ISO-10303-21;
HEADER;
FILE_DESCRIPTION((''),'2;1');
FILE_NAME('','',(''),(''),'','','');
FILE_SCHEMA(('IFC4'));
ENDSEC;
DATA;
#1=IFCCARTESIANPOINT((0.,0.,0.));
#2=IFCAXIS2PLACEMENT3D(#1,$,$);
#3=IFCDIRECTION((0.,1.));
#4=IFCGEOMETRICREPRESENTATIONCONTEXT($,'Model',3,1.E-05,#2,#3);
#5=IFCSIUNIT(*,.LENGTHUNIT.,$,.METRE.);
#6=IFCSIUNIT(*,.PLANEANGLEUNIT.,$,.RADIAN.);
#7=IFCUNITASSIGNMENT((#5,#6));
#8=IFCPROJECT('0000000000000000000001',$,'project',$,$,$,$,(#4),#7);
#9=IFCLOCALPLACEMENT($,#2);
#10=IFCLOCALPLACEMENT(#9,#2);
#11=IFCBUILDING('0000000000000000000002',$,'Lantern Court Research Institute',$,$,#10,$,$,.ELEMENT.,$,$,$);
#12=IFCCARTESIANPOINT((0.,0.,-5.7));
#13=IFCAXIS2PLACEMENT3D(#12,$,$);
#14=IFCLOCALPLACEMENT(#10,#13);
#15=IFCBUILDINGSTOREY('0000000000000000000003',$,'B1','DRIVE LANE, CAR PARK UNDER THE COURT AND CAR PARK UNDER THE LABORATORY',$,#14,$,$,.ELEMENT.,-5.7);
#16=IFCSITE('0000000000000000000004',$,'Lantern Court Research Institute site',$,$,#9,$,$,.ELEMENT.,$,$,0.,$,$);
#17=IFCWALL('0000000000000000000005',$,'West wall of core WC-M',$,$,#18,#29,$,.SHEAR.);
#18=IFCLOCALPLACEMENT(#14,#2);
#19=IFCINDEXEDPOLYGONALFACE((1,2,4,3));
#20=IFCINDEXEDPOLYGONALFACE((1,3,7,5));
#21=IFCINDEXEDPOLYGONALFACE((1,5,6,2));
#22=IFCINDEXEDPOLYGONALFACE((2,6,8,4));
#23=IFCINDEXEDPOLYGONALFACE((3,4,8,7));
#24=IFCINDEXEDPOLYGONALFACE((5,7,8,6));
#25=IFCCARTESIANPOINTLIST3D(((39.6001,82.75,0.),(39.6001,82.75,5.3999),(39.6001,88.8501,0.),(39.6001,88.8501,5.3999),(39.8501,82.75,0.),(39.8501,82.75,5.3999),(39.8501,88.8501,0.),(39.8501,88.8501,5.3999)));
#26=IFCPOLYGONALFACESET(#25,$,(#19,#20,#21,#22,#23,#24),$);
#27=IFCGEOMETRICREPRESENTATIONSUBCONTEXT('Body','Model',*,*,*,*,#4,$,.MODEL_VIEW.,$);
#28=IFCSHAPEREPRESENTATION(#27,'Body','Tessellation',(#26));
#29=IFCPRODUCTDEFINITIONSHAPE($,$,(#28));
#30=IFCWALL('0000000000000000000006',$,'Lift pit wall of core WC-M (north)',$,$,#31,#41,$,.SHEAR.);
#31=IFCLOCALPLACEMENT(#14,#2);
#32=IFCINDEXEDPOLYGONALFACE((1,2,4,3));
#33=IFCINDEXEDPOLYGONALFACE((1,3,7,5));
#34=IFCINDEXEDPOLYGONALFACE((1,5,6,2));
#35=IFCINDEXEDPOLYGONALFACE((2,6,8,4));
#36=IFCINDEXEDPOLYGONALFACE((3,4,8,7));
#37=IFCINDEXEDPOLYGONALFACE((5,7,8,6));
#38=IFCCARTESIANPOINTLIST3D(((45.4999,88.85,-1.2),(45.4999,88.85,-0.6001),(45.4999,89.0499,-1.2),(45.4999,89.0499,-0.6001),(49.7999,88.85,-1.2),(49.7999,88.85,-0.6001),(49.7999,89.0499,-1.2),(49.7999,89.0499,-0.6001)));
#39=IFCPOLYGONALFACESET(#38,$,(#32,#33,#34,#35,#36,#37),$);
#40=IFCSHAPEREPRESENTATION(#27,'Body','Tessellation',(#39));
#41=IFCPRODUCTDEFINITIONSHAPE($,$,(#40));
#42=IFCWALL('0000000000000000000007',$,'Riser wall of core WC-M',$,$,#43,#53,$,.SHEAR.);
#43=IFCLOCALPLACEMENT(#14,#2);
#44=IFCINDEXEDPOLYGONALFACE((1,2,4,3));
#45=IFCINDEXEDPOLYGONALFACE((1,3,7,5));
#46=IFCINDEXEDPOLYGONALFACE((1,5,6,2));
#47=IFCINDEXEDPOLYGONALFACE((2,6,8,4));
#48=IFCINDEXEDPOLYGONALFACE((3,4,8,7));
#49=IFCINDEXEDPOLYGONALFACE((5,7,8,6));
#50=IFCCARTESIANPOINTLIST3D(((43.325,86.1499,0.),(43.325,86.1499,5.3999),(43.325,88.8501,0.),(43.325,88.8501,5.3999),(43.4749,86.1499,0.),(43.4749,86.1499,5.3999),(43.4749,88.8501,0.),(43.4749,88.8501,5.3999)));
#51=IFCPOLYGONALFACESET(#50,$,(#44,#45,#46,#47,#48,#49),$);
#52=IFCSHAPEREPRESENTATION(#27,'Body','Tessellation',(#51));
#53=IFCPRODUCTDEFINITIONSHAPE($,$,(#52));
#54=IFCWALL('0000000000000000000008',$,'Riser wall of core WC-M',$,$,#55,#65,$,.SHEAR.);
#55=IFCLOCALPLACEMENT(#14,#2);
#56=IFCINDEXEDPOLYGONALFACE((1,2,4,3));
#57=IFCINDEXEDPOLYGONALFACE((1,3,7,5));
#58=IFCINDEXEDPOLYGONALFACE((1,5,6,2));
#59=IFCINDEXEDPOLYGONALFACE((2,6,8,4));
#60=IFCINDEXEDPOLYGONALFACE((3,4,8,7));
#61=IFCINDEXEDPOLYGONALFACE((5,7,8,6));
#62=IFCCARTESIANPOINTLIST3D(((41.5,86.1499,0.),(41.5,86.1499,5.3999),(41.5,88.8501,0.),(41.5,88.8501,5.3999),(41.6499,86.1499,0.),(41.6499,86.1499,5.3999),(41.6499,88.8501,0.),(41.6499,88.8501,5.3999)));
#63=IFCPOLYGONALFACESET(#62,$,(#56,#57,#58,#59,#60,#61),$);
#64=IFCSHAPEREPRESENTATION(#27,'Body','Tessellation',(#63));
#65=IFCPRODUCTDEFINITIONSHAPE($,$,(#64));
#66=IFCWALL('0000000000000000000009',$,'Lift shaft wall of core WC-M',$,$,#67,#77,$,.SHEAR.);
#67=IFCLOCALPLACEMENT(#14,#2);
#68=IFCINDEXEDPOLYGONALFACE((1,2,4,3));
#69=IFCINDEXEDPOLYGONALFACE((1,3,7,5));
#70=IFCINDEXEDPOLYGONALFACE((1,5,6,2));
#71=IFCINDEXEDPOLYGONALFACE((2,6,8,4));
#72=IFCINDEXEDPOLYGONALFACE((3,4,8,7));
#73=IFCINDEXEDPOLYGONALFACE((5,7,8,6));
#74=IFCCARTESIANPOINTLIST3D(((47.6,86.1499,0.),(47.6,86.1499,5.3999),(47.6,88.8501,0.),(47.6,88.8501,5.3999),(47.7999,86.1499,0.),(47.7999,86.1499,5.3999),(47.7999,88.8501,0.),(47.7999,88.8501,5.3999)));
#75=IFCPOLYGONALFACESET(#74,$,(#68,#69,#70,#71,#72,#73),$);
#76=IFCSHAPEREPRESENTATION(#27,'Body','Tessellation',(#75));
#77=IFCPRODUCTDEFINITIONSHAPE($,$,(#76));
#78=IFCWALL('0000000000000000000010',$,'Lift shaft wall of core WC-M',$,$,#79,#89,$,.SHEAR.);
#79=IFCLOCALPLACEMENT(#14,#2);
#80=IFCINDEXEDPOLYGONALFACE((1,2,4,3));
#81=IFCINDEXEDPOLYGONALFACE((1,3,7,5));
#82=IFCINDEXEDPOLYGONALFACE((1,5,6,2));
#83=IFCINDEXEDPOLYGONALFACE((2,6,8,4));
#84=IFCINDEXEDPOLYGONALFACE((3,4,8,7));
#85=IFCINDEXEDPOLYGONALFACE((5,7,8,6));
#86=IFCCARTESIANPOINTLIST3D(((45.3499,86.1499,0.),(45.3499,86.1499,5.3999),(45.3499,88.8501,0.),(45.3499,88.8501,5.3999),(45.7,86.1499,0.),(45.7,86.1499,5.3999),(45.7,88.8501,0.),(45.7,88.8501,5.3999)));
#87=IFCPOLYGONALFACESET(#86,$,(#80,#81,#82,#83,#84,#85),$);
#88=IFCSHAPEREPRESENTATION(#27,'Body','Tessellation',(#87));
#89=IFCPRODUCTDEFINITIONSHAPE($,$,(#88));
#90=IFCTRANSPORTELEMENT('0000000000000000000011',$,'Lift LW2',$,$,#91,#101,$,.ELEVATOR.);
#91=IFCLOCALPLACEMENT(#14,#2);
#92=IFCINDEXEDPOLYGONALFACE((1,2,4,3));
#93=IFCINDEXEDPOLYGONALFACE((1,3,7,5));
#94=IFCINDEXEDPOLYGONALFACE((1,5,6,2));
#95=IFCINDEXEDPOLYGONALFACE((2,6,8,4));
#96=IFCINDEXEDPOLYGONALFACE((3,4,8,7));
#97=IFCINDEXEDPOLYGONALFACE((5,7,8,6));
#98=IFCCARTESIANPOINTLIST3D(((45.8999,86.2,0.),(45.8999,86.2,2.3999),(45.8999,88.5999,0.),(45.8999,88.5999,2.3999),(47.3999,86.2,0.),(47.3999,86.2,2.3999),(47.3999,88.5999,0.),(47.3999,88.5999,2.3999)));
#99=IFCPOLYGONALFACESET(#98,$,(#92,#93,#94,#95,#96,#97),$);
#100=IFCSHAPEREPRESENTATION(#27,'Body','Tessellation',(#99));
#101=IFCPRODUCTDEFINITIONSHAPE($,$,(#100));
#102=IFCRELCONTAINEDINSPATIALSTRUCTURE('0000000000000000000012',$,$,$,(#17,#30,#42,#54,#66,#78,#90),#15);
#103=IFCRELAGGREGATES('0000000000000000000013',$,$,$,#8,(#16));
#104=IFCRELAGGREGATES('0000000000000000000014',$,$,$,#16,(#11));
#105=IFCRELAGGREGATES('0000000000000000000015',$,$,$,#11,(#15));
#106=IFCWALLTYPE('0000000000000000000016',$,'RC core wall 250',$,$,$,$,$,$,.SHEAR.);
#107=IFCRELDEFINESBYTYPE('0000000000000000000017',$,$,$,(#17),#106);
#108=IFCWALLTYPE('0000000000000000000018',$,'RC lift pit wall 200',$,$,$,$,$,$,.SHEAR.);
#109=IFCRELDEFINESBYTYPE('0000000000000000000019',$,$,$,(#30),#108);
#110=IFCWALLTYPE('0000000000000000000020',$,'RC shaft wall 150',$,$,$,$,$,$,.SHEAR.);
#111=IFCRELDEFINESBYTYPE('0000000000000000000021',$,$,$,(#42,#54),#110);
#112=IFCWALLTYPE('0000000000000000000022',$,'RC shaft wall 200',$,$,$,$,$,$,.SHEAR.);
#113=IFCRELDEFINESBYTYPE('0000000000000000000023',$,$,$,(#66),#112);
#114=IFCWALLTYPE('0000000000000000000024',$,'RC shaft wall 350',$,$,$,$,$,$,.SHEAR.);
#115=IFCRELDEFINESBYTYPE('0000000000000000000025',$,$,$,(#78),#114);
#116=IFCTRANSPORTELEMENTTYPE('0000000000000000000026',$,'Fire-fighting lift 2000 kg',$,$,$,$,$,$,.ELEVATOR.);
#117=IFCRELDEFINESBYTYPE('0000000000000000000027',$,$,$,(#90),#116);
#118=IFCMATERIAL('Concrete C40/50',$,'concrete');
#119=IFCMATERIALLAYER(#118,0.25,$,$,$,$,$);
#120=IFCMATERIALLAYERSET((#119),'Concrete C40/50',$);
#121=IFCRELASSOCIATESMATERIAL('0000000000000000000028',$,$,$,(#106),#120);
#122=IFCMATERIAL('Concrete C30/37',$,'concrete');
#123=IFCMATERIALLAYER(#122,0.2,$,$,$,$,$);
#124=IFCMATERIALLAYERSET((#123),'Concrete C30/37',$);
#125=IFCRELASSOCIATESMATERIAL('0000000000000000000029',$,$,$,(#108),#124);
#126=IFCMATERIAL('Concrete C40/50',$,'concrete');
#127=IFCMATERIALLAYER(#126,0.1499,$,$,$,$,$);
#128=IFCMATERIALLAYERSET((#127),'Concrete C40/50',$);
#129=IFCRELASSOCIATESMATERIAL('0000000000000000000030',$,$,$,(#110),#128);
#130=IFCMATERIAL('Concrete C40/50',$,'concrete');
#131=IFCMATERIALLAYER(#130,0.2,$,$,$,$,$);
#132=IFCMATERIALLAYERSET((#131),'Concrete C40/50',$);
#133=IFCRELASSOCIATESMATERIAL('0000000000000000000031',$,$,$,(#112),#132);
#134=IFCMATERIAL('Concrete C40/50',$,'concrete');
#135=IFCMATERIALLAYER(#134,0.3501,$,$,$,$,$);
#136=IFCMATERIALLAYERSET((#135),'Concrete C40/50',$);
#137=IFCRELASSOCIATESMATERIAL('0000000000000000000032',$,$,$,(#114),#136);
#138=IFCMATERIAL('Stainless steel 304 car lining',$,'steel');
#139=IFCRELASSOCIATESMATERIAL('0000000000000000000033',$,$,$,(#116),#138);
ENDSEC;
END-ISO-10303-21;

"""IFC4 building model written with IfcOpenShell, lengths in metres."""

from ifc_helpers import new_model, si_unit, direction, frame, frame_2d, origin, origin_2d, place, context, subcontext, project, spatial, rectangle, extrude, material, layer, layer_set, type_object, element, save


model = new_model("IFC4")

# Units and contexts
model_context = context("Model", 3, precision=1e-05, world=origin(), true_north=direction((0.0, 1.0)))
body_context = subcontext(model_context, "Body", "Model", "MODEL_VIEW")
ifc_project = project(units=[si_unit("LENGTHUNIT", "METRE"), si_unit("PLANEANGLEUNIT", "RADIAN")], contexts=[model_context])

# Site, building, storey
site_placement = place(None, origin())
site = spatial("IfcSite", under=ifc_project, at=site_placement, Name="Lantern Court Research Institute site", CompositionType="ELEMENT", RefElevation=0.0)
building_placement = place(site_placement, origin())
building = spatial("IfcBuilding", under=site, at=building_placement, Name="Lantern Court Research Institute", CompositionType="ELEMENT")
storey_placement = place(building_placement, frame((0.0, 0.0, -5.7)))
storey = spatial("IfcBuildingStorey", under=building, at=storey_placement, Name="B1", Description="DRIVE LANE, CAR PARK UNDER THE COURT AND CAR PARK UNDER THE LABORATORY", CompositionType="ELEMENT", Elevation=-5.7)

# Walls
ifc_material_1 = material(Name="Concrete C40/50", Category="concrete")
ifc_layer_1 = layer(ifc_material_1, 0.25)
ifc_layer_set_1 = layer_set([ifc_layer_1], Name="Concrete C40/50")
wall_type_1 = type_object("IfcWallType", Name="RC core wall 250", PredefinedType="SHEAR", material=ifc_layer_set_1)
wall_1_placement = place(storey_placement, frame((39.7251, 88.8501, 0.0), z_axis=(0.0, 0.0, 1.0), x_axis=(0.0, -1.0, 0.0)))
element("IfcWall", 1, at=wall_1_placement, inside=storey, type_object=wall_type_1, Name="West wall of core WC-M", PredefinedType="SHEAR", context=body_context, shape_type="SweptSolid", body=[
    extrude(rectangle(XDim=6.1001, YDim=0.25, at=frame_2d((3.05, 0.0))), origin(), (0.0, 0.0, 1.0), 5.3999),
])
ifc_material_2 = material(Name="Concrete C30/37", Category="concrete")
ifc_layer_2 = layer(ifc_material_2, 0.2)
ifc_layer_set_2 = layer_set([ifc_layer_2], Name="Concrete C30/37")
wall_type_2 = type_object("IfcWallType", Name="RC lift pit wall 200", PredefinedType="SHEAR", material=ifc_layer_set_2)
wall_2_placement = place(storey_placement, frame((45.5, 88.95, -1.2), z_axis=(0.0, 0.0, 1.0), x_axis=(1.0, 0.0, 0.0)))
element("IfcWall", 2, at=wall_2_placement, inside=storey, type_object=wall_type_2, Name="Lift pit wall of core WC-M (north)", PredefinedType="SHEAR", context=body_context, shape_type="SweptSolid", body=[
    extrude(rectangle(XDim=4.3, YDim=0.2, at=frame_2d((2.1499, 0.0))), origin(), (0.0, 0.0, 1.0), 0.5999),
])
ifc_material_3 = material(Name="Concrete C40/50", Category="concrete")
ifc_layer_3 = layer(ifc_material_3, 0.1499)
ifc_layer_set_3 = layer_set([ifc_layer_3], Name="Concrete C40/50")
wall_type_3 = type_object("IfcWallType", Name="RC shaft wall 150", PredefinedType="SHEAR", material=ifc_layer_set_3)
for number, where, z_axis, x_axis, name in (
    (3, (43.3999, 88.8501, 0.0), (0.0, 0.0, 1.0), (0.0, -1.0, 0.0), "Riser wall of core WC-M"),
    (4, (41.575, 88.8501, 0.0), (0.0, 0.0, 1.0), (0.0, -1.0, 0.0), "Riser wall of core WC-M"),
):
    element("IfcWall", number, at=place(storey_placement, frame(where, z_axis=z_axis, x_axis=x_axis)), inside=storey, type_object=wall_type_3, Name=name, PredefinedType="SHEAR", context=body_context, shape_type="SweptSolid", body=[
        extrude(rectangle(XDim=2.7002, YDim=0.1499, at=frame_2d((1.3501, 0.0))), origin(), (0.0, 0.0, 1.0), 5.3999),
    ])
ifc_material_4 = material(Name="Concrete C40/50", Category="concrete")
ifc_layer_4 = layer(ifc_material_4, 0.2)
ifc_layer_set_4 = layer_set([ifc_layer_4], Name="Concrete C40/50")
wall_type_4 = type_object("IfcWallType", Name="RC shaft wall 200", PredefinedType="SHEAR", material=ifc_layer_set_4)
wall_3_placement = place(storey_placement, frame((47.7, 88.8501, 0.0), z_axis=(0.0, 0.0, 1.0), x_axis=(0.0, -1.0, 0.0)))
element("IfcWall", 5, at=wall_3_placement, inside=storey, type_object=wall_type_4, Name="Lift shaft wall of core WC-M", PredefinedType="SHEAR", context=body_context, shape_type="SweptSolid", body=[
    extrude(rectangle(XDim=2.7002, YDim=0.2, at=frame_2d((1.3501, 0.0))), origin(), (0.0, 0.0, 1.0), 5.3999),
])
ifc_material_5 = material(Name="Concrete C40/50", Category="concrete")
ifc_layer_5 = layer(ifc_material_5, 0.3501)
ifc_layer_set_5 = layer_set([ifc_layer_5], Name="Concrete C40/50")
wall_type_5 = type_object("IfcWallType", Name="RC shaft wall 350", PredefinedType="SHEAR", material=ifc_layer_set_5)
wall_4_placement = place(storey_placement, frame((45.5249, 88.8501, 0.0), z_axis=(0.0, 0.0, 1.0), x_axis=(0.0, -1.0, 0.0)))
element("IfcWall", 6, at=wall_4_placement, inside=storey, type_object=wall_type_5, Name="Lift shaft wall of core WC-M", PredefinedType="SHEAR", context=body_context, shape_type="SweptSolid", body=[
    extrude(rectangle(XDim=2.7002, YDim=0.3501, at=frame_2d((1.3501, 0.0))), origin(), (0.0, 0.0, 1.0), 5.3999),
])

# Transport element
ifc_material_6 = material(Name="Stainless steel 304 car lining", Category="steel")
transport_element_type = type_object("IfcTransportElementType", Name="Fire-fighting lift 2000 kg", PredefinedType="ELEVATOR", material=ifc_material_6)
transport_element_placement = place(storey_placement, frame((46.6499, 87.3999, 0.0), z_axis=(0.0, 0.0, 1.0), x_axis=(1.0, 0.0, 0.0)))
element("IfcTransportElement", 7, at=transport_element_placement, inside=storey, type_object=transport_element_type, Name="Lift LW2", PredefinedType="ELEVATOR", context=body_context, shape_type="SweptSolid", body=[
    extrude(rectangle(XDim=1.5, YDim=2.3999, at=origin_2d()), origin(), (0.0, 0.0, 1.0), 2.3999),
])

save(model, "model.ifc")
